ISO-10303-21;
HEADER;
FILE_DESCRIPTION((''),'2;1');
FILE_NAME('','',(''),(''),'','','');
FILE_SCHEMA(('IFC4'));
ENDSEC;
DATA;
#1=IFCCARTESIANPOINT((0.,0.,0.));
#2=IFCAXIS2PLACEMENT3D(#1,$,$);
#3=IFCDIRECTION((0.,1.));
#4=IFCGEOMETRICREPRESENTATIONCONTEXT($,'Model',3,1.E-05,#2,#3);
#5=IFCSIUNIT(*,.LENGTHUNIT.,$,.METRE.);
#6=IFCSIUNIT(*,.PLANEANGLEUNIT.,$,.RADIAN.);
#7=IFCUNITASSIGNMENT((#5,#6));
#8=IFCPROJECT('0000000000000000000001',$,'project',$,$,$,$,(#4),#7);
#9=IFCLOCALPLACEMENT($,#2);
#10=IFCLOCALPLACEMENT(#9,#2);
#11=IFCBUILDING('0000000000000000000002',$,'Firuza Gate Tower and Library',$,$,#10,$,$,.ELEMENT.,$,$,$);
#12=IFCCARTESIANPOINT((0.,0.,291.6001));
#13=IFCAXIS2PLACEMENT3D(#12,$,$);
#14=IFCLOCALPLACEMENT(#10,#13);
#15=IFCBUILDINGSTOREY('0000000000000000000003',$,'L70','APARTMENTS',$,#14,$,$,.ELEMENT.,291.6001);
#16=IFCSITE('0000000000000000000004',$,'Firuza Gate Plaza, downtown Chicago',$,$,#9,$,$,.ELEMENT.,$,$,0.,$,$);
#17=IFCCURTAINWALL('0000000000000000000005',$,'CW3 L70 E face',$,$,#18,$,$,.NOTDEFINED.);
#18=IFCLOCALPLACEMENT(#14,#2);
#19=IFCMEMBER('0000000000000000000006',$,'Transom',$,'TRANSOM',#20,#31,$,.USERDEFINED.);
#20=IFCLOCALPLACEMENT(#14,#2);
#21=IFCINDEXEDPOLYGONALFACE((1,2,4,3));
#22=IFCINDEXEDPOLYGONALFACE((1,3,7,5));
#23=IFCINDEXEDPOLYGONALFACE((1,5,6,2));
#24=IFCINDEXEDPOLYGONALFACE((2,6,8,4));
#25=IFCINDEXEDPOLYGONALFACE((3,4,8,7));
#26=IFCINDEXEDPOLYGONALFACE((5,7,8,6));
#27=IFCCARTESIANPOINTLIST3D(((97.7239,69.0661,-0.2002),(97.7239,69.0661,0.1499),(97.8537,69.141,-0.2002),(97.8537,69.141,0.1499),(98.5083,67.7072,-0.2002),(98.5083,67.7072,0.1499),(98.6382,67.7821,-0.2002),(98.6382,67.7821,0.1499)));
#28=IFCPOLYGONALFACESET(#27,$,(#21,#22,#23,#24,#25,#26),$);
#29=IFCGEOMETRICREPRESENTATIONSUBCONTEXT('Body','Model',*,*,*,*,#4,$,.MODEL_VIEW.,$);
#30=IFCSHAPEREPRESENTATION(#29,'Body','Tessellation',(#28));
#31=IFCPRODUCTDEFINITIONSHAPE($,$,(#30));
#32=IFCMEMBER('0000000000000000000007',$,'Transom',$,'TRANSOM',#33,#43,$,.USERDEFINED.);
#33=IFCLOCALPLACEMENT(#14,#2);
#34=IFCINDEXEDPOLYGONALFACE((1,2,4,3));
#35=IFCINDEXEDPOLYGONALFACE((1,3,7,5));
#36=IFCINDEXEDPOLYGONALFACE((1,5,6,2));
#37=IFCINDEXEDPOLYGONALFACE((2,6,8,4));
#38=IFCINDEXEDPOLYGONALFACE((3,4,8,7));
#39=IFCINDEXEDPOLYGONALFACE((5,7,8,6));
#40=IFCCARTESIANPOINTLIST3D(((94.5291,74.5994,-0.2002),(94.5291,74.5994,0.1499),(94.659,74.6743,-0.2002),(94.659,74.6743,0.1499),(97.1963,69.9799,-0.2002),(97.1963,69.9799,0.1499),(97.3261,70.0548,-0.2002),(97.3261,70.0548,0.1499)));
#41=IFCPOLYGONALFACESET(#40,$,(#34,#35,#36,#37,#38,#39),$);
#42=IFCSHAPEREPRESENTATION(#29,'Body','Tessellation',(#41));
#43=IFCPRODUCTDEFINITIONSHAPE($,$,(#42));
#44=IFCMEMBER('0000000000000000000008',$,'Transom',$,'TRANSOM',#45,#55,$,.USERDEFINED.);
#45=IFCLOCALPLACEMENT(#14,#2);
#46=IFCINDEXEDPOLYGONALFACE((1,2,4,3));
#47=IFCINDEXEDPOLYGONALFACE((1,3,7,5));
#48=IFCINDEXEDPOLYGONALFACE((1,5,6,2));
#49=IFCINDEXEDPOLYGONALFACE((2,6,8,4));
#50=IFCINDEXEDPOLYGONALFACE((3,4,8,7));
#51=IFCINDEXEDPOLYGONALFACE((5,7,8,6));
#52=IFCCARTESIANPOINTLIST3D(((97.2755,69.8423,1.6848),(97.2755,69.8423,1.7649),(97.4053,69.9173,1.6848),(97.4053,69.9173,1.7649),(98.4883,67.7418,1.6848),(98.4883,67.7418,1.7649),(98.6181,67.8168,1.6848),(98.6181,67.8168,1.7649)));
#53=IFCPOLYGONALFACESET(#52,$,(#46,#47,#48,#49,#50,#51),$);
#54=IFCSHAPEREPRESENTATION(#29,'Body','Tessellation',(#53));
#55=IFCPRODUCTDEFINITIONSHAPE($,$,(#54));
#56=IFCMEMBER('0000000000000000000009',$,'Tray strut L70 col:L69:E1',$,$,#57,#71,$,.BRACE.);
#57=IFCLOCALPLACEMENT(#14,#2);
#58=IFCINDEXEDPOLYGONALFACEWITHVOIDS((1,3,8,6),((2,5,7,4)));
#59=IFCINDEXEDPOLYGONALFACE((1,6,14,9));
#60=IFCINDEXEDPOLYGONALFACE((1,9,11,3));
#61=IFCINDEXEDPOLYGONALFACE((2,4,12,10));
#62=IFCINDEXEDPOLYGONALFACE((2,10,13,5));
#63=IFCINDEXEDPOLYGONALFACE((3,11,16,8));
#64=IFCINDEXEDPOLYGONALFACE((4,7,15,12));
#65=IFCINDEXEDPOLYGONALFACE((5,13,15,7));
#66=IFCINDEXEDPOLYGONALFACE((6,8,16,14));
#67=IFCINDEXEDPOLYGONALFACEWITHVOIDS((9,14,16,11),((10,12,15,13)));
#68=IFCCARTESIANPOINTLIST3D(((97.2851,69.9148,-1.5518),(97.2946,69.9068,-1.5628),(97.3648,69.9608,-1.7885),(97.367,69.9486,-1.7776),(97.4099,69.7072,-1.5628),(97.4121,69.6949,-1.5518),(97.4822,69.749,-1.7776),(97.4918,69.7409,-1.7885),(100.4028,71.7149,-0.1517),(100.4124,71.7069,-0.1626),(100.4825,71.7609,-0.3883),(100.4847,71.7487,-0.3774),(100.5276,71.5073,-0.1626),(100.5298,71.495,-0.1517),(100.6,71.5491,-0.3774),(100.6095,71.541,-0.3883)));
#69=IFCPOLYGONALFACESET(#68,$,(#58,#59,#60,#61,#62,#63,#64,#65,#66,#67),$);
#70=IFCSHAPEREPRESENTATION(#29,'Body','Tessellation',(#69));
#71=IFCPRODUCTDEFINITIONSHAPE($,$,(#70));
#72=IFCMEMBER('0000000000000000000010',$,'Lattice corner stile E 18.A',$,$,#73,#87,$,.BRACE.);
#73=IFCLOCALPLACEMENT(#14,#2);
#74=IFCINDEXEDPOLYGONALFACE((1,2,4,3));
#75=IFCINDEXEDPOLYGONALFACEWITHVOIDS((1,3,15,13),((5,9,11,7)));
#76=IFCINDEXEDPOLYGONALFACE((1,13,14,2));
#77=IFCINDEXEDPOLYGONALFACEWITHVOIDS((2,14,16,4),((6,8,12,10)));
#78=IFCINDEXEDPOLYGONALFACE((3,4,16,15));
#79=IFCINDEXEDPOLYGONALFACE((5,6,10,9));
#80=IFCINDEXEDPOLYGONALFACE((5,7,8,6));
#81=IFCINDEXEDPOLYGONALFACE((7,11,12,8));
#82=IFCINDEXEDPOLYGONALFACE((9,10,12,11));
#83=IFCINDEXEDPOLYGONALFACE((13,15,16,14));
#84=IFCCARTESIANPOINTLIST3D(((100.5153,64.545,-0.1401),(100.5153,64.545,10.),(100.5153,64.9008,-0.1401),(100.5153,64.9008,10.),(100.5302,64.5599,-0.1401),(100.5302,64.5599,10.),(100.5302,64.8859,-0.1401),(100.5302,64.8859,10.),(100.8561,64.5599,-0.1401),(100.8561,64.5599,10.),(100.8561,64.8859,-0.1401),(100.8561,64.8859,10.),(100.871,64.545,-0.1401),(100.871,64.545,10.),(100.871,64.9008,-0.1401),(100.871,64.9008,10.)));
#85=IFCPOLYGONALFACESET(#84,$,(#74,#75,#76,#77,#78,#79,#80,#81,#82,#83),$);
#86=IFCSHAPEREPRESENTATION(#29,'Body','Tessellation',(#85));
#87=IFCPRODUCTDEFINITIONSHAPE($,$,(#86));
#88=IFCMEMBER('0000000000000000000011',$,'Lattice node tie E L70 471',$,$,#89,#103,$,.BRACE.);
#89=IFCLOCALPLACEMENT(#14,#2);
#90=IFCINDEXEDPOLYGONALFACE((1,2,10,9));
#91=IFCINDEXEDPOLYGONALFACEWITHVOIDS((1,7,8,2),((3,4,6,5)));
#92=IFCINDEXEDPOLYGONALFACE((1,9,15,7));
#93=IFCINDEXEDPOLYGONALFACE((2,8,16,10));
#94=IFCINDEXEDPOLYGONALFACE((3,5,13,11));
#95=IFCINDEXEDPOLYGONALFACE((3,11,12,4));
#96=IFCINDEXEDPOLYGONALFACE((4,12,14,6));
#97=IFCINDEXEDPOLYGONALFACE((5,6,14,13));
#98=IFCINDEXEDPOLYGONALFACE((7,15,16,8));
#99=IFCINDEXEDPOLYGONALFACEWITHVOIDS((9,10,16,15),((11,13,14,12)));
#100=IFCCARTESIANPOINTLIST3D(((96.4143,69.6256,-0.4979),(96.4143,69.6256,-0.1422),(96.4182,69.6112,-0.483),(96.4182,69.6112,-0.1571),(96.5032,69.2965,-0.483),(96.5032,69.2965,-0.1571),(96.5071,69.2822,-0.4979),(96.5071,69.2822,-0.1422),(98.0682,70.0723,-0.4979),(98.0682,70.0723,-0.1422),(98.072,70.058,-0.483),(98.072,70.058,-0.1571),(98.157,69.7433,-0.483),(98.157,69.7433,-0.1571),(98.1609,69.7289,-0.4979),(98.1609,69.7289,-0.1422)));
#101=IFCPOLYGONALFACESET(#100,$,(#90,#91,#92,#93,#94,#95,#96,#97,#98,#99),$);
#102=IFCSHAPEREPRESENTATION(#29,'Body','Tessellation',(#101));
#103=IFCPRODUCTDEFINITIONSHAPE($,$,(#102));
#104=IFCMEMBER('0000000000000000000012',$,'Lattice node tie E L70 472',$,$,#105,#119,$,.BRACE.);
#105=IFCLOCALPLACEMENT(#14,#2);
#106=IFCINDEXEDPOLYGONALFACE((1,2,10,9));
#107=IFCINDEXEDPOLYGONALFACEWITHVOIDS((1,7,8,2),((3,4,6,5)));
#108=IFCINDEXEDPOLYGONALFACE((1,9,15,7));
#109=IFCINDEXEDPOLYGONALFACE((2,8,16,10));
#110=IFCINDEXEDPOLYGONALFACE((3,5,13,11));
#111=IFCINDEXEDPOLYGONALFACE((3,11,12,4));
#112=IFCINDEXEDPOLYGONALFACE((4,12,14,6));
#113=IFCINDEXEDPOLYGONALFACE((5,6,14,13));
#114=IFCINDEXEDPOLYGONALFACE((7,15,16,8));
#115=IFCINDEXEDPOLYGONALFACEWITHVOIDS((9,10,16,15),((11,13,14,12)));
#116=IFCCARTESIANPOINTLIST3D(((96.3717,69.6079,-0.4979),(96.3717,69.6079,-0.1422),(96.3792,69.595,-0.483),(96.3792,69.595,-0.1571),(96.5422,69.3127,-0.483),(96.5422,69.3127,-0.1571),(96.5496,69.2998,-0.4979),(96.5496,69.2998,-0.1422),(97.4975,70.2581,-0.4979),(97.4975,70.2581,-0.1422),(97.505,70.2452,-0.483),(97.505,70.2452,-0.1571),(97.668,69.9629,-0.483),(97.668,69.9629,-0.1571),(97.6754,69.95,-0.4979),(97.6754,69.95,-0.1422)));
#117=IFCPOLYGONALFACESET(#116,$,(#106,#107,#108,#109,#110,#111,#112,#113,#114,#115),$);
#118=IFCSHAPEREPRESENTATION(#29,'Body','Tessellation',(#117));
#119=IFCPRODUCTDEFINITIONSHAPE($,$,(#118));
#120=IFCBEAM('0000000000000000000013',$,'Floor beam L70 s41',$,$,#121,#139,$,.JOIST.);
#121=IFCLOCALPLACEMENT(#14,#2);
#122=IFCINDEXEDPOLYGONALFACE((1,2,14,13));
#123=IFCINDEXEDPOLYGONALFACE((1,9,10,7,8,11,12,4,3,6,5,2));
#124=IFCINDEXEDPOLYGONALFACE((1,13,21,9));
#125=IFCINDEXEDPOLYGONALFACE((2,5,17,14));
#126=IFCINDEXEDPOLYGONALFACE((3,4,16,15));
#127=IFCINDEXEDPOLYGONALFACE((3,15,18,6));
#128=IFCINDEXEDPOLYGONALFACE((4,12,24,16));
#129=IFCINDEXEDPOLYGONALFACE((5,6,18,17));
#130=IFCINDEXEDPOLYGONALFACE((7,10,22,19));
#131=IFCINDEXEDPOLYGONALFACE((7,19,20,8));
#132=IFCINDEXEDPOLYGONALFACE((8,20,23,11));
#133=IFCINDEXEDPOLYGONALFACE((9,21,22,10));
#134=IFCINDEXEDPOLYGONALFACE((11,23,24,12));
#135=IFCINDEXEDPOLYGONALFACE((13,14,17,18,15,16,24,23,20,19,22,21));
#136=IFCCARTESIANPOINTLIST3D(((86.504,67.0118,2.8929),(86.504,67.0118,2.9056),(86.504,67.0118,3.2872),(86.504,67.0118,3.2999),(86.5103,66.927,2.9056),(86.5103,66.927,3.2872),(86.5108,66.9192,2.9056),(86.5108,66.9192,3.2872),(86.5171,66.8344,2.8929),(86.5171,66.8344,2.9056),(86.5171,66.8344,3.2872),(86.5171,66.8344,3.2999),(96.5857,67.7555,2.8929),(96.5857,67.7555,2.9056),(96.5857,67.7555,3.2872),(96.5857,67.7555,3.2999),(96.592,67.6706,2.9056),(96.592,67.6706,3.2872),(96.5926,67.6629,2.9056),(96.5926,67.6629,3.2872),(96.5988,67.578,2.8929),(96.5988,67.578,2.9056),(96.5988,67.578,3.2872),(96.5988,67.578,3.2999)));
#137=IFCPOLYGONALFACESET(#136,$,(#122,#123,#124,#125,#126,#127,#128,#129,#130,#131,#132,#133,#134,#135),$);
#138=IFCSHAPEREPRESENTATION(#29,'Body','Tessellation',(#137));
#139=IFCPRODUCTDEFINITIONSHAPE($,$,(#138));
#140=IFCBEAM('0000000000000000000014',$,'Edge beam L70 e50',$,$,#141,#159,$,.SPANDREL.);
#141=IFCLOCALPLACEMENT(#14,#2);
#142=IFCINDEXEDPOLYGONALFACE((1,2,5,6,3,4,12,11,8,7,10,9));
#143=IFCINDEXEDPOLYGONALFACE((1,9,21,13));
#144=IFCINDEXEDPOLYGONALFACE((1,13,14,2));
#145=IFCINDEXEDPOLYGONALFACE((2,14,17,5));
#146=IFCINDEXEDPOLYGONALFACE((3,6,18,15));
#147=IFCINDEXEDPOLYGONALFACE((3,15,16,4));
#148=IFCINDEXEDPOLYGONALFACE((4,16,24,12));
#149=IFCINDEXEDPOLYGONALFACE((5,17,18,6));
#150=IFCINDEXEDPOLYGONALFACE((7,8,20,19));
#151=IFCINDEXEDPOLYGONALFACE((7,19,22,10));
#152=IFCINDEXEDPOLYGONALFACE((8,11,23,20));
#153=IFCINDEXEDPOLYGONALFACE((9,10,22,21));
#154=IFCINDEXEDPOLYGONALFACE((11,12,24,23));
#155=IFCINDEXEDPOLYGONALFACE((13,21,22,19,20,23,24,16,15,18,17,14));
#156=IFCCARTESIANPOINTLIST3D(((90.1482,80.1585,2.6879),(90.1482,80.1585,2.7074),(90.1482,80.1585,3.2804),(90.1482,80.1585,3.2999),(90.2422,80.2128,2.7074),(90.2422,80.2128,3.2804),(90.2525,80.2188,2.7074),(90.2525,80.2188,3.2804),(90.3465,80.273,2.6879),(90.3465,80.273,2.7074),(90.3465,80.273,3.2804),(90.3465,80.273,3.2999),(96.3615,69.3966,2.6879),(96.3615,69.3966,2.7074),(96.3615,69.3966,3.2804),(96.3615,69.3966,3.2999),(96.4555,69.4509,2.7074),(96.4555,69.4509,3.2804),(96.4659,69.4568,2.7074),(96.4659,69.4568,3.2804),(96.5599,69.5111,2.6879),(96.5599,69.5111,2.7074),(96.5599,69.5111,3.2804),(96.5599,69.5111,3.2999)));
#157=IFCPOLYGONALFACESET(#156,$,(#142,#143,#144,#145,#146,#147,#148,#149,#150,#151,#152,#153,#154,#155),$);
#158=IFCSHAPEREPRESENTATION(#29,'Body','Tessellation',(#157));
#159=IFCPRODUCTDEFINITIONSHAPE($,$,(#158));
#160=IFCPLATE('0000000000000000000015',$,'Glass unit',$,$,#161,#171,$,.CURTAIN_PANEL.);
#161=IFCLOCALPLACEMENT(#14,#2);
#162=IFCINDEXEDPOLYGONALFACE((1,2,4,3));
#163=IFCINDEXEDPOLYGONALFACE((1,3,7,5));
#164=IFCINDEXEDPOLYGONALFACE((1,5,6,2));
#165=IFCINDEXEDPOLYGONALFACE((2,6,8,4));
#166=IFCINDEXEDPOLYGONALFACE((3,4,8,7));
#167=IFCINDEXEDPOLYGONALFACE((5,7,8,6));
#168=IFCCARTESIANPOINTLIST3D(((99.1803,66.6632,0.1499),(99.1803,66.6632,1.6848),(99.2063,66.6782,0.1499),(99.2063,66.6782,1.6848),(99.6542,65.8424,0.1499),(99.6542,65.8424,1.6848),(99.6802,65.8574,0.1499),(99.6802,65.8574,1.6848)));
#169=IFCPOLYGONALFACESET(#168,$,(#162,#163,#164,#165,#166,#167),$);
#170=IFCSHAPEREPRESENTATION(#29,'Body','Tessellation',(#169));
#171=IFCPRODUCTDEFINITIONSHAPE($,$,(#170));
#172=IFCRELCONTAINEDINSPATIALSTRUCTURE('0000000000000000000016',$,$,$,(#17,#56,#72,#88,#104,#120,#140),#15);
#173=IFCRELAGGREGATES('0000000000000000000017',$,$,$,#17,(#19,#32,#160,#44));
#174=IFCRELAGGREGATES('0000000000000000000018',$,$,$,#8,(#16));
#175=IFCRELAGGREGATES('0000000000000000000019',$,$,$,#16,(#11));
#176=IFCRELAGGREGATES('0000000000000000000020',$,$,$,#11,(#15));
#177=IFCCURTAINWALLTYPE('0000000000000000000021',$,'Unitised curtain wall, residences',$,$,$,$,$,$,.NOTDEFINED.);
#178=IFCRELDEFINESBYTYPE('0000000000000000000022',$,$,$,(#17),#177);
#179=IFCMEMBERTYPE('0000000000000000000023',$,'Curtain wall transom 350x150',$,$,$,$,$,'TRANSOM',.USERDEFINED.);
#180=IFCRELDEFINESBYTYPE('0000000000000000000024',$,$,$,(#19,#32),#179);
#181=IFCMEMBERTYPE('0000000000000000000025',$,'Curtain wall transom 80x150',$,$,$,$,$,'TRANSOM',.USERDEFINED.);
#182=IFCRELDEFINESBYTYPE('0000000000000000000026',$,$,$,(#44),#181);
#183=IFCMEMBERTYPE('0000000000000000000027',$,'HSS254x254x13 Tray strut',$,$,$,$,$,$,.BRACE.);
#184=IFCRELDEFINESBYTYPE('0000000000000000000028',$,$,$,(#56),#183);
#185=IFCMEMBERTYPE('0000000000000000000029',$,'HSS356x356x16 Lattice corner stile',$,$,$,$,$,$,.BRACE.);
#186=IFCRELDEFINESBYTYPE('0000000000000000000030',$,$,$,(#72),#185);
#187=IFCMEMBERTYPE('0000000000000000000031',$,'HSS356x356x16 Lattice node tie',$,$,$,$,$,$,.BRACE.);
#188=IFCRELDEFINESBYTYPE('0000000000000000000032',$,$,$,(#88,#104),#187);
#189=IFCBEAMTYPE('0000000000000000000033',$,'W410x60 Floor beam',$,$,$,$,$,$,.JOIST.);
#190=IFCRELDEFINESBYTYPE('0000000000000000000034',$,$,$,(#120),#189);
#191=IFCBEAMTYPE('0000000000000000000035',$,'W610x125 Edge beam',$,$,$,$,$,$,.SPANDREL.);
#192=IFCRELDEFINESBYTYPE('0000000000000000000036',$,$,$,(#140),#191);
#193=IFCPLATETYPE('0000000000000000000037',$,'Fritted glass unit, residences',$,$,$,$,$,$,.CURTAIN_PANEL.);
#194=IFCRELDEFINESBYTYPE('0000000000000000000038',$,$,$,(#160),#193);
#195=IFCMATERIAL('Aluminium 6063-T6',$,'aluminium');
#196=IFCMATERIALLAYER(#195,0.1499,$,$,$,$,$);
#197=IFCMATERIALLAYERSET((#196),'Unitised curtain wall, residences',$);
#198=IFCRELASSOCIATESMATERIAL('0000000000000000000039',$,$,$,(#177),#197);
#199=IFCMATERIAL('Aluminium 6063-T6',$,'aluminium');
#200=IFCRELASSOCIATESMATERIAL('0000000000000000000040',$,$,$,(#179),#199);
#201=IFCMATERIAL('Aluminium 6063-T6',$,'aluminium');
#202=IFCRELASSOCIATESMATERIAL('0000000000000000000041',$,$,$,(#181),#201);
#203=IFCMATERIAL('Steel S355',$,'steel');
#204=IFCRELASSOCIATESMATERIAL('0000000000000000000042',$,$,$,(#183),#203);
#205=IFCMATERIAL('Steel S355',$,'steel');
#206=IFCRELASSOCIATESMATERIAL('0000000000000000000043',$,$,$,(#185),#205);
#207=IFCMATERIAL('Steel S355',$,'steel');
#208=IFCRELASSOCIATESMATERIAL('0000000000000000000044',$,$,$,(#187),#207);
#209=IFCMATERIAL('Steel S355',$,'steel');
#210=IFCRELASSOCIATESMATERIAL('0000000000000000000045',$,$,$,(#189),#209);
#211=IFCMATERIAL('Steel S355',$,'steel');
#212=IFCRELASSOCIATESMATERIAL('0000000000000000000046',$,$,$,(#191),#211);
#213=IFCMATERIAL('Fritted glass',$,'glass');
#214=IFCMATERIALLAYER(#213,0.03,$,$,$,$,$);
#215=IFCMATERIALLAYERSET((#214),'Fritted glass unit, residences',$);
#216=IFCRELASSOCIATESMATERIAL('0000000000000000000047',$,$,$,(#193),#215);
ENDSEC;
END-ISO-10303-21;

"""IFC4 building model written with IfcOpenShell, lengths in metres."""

from ifc_helpers import new_model, si_unit, direction, frame, origin, origin_2d, place, context, subcontext, project, spatial, polyline, rectangle, hollow_rectangle, i_section, outline, extrude, material, layer, layer_set, material_profile, profile_set, type_object, element, aggregate, save


model = new_model("IFC4")

# Units and contexts
model_context = context("Model", 3, precision=1e-05, world=origin(), true_north=direction((0.0, 1.0)))
body_context = subcontext(model_context, "Body", "Model", "MODEL_VIEW")
ifc_project = project(units=[si_unit("LENGTHUNIT", "METRE"), si_unit("PLANEANGLEUNIT", "RADIAN")], contexts=[model_context])

# Site, building, storey
site_placement = place(None, origin())
site = spatial("IfcSite", under=ifc_project, at=site_placement, Name="Firuza Gate Plaza, downtown Chicago", CompositionType="ELEMENT", RefElevation=0.0)
building_placement = place(site_placement, origin())
building = spatial("IfcBuilding", under=site, at=building_placement, Name="Firuza Gate Tower and Library", CompositionType="ELEMENT")
storey_placement = place(building_placement, frame((0.0, 0.0, 291.6001)))
storey = spatial("IfcBuildingStorey", under=building, at=storey_placement, Name="L70", Description="APARTMENTS", CompositionType="ELEMENT", Elevation=291.6001)

# Curtain wall, members
ifc_material_1 = material(Name="Aluminium 6063-T6", Category="aluminium")
ifc_layer_1 = layer(ifc_material_1, 0.1499)
ifc_layer_set_1 = layer_set([ifc_layer_1], Name="Unitised curtain wall, residences")
curtain_wall_type = type_object("IfcCurtainWallType", Name="Unitised curtain wall, residences", PredefinedType="NOTDEFINED", material=ifc_layer_set_1)
curtain_wall_placement = place(storey_placement, origin())
curtain_wall = element("IfcCurtainWall", 1, at=curtain_wall_placement, inside=storey, type_object=curtain_wall_type, Name="CW3 L70 E face", PredefinedType="NOTDEFINED")
ifc_material_2 = material(Name="Aluminium 6063-T6", Category="aluminium")
ifc_material_profile_1 = material_profile(ifc_material_2, rectangle(XDim=0.1499, YDim=0.3501, at=origin_2d()))
ifc_profile_set_1 = profile_set([ifc_material_profile_1], Name="Aluminium 6063-T6")
member_type_1 = type_object("IfcMemberType", Name="Curtain wall transom 350x150", ElementType="TRANSOM", PredefinedType="USERDEFINED", material=ifc_profile_set_1)
member_1_placement = place(storey_placement, frame((98.5732, 67.7446, -0.0251), z_axis=(-0.499938, 0.866061, 0.0), x_axis=(-0.866061, -0.499938, 0.0)))
member_1 = element("IfcMember", 2, at=member_1_placement, type_object=member_type_1, Name="Transom", ObjectType="TRANSOM", PredefinedType="USERDEFINED", context=body_context, shape_type="SweptSolid", body=[
    extrude(rectangle(XDim=0.1499, YDim=0.3501, at=origin_2d()), origin(), (0.0, 0.0, 1.0), 1.5691),
])
member_2_placement = place(storey_placement, frame((97.2612, 70.0173, -0.0251), z_axis=(-0.500013, 0.866018, 0.0), x_axis=(-0.866018, -0.500013, 0.0)))
member_2 = element("IfcMember", 3, at=member_2_placement, type_object=member_type_1, Name="Transom", ObjectType="TRANSOM", PredefinedType="USERDEFINED", context=body_context, shape_type="SweptSolid", body=[
    extrude(rectangle(XDim=0.1499, YDim=0.3501, at=origin_2d()), origin(), (0.0, 0.0, 1.0), 5.3342),
])
ifc_material_3 = material(Name="Aluminium 6063-T6", Category="aluminium")
ifc_material_profile_2 = material_profile(ifc_material_3, rectangle(XDim=0.1499, YDim=0.0801, at=origin_2d()))
ifc_profile_set_2 = profile_set([ifc_material_profile_2], Name="Aluminium 6063-T6")
member_type_2 = type_object("IfcMemberType", Name="Curtain wall transom 80x150", ElementType="TRANSOM", PredefinedType="USERDEFINED", material=ifc_profile_set_2)
member_3_placement = place(storey_placement, frame((98.5532, 67.7793, 1.7249), z_axis=(-0.500036, 0.866005, 0.0), x_axis=(-0.866005, -0.500036, 0.0)))
member_3 = element("IfcMember", 4, at=member_3_placement, type_object=member_type_2, Name="Transom", ObjectType="TRANSOM", PredefinedType="USERDEFINED", context=body_context, shape_type="SweptSolid", body=[
    extrude(rectangle(XDim=0.1499, YDim=0.0801, at=origin_2d()), origin(), (0.0, 0.0, 1.0), 2.4255),
])

# Members
ifc_material_4 = material(Name="Steel S355", Category="steel")
ifc_material_profile_3 = material_profile(ifc_material_4, hollow_rectangle(XDim=0.2539, YDim=0.2539, WallThickness=0.0117, at=origin_2d()))
ifc_profile_set_3 = profile_set([ifc_material_profile_3], Name="Steel S355")
member_type_3 = type_object("IfcMemberType", Name="HSS254x254x13 Tray strut", PredefinedType="BRACE", material=ifc_profile_set_3)
member_4_placement = place(storey_placement, frame((97.3884, 69.8279, -1.6702), z_axis=(0.807122, 0.466007, 0.362478), x_axis=(-0.500012, 0.866018, 0.0)))
element("IfcMember", 5, at=member_4_placement, inside=storey, type_object=member_type_3, Name="Tray strut L70 col:L69:E1", PredefinedType="BRACE", context=body_context, shape_type="SweptSolid", body=[
    extrude(hollow_rectangle(XDim=0.2539, YDim=0.2539, WallThickness=0.0117, at=origin_2d()), origin(), (0.0, 0.0, 1.0), 3.8628),
])
ifc_material_5 = material(Name="Steel S355", Category="steel")
ifc_material_profile_4 = material_profile(ifc_material_5, hollow_rectangle(XDim=0.3557, YDim=0.3557, WallThickness=0.0149, at=origin_2d()))
ifc_profile_set_4 = profile_set([ifc_material_profile_4], Name="Steel S355")
member_type_4 = type_object("IfcMemberType", Name="HSS356x356x16 Lattice corner stile", PredefinedType="BRACE", material=ifc_profile_set_4)
member_5_placement = place(storey_placement, frame((100.6931, 64.7229, -0.1401), z_axis=(0.0, 0.0, 1.0), x_axis=(1.0, 0.0, 0.0)))
element("IfcMember", 6, at=member_5_placement, inside=storey, type_object=member_type_4, Name="Lattice corner stile E 18.A", PredefinedType="BRACE", context=body_context, shape_type="SweptSolid", body=[
    extrude(hollow_rectangle(XDim=0.3557, YDim=0.3557, WallThickness=0.0149, at=origin_2d()), origin(), (0.0, 0.0, 1.0), 10.1401),
])
ifc_material_6 = material(Name="Steel S355", Category="steel")
ifc_material_profile_5 = material_profile(ifc_material_6, hollow_rectangle(XDim=0.3557, YDim=0.3557, WallThickness=0.0149, at=origin_2d()))
ifc_profile_set_5 = profile_set([ifc_material_profile_5], Name="Steel S355")
member_type_5 = type_object("IfcMemberType", Name="HSS356x356x16 Lattice node tie", PredefinedType="BRACE", material=ifc_profile_set_5)
member_6_placement = place(storey_placement, frame((96.4607, 69.4539, -0.3201), z_axis=(0.965392, 0.260801, 0.0), x_axis=(-0.260801, 0.965392, 0.0)))
element("IfcMember", 7, at=member_6_placement, inside=storey, type_object=member_type_5, Name="Lattice node tie E L70 471", PredefinedType="BRACE", context=body_context, shape_type="SweptSolid", body=[
    extrude(hollow_rectangle(XDim=0.3557, YDim=0.3557, WallThickness=0.0149, at=origin_2d()), origin(), (0.0, 0.0, 1.0), 1.7131),
])
member_7_placement = place(storey_placement, frame((96.4607, 69.4539, -0.3201), z_axis=(0.865957, 0.500118, 0.0), x_axis=(-0.500118, 0.865957, 0.0)))
element("IfcMember", 8, at=member_7_placement, inside=storey, type_object=member_type_5, Name="Lattice node tie E L70 472", PredefinedType="BRACE", context=body_context, shape_type="SweptSolid", body=[
    extrude(hollow_rectangle(XDim=0.3557, YDim=0.3557, WallThickness=0.0149, at=origin_2d()), origin(), (0.0, 0.0, 1.0), 1.3),
])

# Beams
ifc_material_7 = material(Name="Steel S355", Category="steel")
ifc_material_profile_6 = material_profile(ifc_material_7, i_section(OverallWidth=0.178, OverallDepth=0.407, WebThickness=0.0078, FlangeThickness=0.0127, at=origin_2d()))
ifc_profile_set_6 = profile_set([ifc_material_profile_6], Name="Steel S355")
beam_type_1 = type_object("IfcBeamType", Name="W410x60 Floor beam", PredefinedType="JOIST", material=ifc_profile_set_6)
beam_1_placement = place(storey_placement, frame((96.5923, 67.6667, 3.0964), z_axis=(-0.997291, -0.073562, 0.0), x_axis=(0.073562, -0.997291, 0.0)))
element("IfcBeam", 9, at=beam_1_placement, inside=storey, type_object=beam_type_1, Name="Floor beam L70 s41", PredefinedType="JOIST", context=body_context, shape_type="SweptSolid", body=[
    extrude(i_section(OverallWidth=0.178, OverallDepth=0.407, WebThickness=0.0078, FlangeThickness=0.0127, at=origin_2d()), origin(), (0.0, 0.0, 1.0), 10.1091),
])
ifc_material_8 = material(Name="Steel S355", Category="steel")
ifc_material_profile_7 = material_profile(ifc_material_8, i_section(OverallWidth=0.229, OverallDepth=0.6121, WebThickness=0.012, FlangeThickness=0.0195, at=origin_2d()))
ifc_profile_set_7 = profile_set([ifc_material_profile_7], Name="Steel S355")
beam_type_2 = type_object("IfcBeamType", Name="W610x125 Edge beam", PredefinedType="SPANDREL", material=ifc_profile_set_7)
beam_2_placement = place(storey_placement, frame((96.4607, 69.4539, 2.9939), z_axis=(-0.499997, 0.866027, 0.0), x_axis=(-0.866027, -0.499997, 0.0)))
element("IfcBeam", 10, at=beam_2_placement, inside=storey, type_object=beam_type_2, Name="Edge beam L70 e50", PredefinedType="SPANDREL", context=body_context, shape_type="SweptSolid", body=[
    extrude(i_section(OverallWidth=0.229, OverallDepth=0.6121, WebThickness=0.012, FlangeThickness=0.0195, at=origin_2d()), origin(), (0.0, 0.0, 1.0), 12.4268),
])

# Plate
ifc_material_9 = material(Name="Fritted glass", Category="glass")
ifc_layer_2 = layer(ifc_material_9, 0.03)
ifc_layer_set_2 = layer_set([ifc_layer_2], Name="Fritted glass unit, residences")
plate_type_1 = type_object("IfcPlateType", Name="Fritted glass unit, residences", PredefinedType="CURTAIN_PANEL", material=ifc_layer_set_2)
plate_1_placement = place(storey_placement, frame((99.6802, 65.8574, 0.1499), z_axis=(0.866031, 0.49999, 0.0), x_axis=(-0.49999, 0.866031, 0.0)))
plate_1 = element("IfcPlate", 11, at=plate_1_placement, type_object=plate_type_1, Name="Glass unit", PredefinedType="CURTAIN_PANEL", context=body_context, shape_type="SweptSolid", body=[
    extrude(outline(polyline([(0.0, 0.0), (0.9478, 0.0), (0.9478, 1.5349), (0.0, 1.5349), (0.0, 0.0)])), origin(), (0.0, 0.0, -1.0), 0.03),
])

aggregate(curtain_wall, [member_1, member_2, plate_1, member_3])

save(model, "model.ifc")
